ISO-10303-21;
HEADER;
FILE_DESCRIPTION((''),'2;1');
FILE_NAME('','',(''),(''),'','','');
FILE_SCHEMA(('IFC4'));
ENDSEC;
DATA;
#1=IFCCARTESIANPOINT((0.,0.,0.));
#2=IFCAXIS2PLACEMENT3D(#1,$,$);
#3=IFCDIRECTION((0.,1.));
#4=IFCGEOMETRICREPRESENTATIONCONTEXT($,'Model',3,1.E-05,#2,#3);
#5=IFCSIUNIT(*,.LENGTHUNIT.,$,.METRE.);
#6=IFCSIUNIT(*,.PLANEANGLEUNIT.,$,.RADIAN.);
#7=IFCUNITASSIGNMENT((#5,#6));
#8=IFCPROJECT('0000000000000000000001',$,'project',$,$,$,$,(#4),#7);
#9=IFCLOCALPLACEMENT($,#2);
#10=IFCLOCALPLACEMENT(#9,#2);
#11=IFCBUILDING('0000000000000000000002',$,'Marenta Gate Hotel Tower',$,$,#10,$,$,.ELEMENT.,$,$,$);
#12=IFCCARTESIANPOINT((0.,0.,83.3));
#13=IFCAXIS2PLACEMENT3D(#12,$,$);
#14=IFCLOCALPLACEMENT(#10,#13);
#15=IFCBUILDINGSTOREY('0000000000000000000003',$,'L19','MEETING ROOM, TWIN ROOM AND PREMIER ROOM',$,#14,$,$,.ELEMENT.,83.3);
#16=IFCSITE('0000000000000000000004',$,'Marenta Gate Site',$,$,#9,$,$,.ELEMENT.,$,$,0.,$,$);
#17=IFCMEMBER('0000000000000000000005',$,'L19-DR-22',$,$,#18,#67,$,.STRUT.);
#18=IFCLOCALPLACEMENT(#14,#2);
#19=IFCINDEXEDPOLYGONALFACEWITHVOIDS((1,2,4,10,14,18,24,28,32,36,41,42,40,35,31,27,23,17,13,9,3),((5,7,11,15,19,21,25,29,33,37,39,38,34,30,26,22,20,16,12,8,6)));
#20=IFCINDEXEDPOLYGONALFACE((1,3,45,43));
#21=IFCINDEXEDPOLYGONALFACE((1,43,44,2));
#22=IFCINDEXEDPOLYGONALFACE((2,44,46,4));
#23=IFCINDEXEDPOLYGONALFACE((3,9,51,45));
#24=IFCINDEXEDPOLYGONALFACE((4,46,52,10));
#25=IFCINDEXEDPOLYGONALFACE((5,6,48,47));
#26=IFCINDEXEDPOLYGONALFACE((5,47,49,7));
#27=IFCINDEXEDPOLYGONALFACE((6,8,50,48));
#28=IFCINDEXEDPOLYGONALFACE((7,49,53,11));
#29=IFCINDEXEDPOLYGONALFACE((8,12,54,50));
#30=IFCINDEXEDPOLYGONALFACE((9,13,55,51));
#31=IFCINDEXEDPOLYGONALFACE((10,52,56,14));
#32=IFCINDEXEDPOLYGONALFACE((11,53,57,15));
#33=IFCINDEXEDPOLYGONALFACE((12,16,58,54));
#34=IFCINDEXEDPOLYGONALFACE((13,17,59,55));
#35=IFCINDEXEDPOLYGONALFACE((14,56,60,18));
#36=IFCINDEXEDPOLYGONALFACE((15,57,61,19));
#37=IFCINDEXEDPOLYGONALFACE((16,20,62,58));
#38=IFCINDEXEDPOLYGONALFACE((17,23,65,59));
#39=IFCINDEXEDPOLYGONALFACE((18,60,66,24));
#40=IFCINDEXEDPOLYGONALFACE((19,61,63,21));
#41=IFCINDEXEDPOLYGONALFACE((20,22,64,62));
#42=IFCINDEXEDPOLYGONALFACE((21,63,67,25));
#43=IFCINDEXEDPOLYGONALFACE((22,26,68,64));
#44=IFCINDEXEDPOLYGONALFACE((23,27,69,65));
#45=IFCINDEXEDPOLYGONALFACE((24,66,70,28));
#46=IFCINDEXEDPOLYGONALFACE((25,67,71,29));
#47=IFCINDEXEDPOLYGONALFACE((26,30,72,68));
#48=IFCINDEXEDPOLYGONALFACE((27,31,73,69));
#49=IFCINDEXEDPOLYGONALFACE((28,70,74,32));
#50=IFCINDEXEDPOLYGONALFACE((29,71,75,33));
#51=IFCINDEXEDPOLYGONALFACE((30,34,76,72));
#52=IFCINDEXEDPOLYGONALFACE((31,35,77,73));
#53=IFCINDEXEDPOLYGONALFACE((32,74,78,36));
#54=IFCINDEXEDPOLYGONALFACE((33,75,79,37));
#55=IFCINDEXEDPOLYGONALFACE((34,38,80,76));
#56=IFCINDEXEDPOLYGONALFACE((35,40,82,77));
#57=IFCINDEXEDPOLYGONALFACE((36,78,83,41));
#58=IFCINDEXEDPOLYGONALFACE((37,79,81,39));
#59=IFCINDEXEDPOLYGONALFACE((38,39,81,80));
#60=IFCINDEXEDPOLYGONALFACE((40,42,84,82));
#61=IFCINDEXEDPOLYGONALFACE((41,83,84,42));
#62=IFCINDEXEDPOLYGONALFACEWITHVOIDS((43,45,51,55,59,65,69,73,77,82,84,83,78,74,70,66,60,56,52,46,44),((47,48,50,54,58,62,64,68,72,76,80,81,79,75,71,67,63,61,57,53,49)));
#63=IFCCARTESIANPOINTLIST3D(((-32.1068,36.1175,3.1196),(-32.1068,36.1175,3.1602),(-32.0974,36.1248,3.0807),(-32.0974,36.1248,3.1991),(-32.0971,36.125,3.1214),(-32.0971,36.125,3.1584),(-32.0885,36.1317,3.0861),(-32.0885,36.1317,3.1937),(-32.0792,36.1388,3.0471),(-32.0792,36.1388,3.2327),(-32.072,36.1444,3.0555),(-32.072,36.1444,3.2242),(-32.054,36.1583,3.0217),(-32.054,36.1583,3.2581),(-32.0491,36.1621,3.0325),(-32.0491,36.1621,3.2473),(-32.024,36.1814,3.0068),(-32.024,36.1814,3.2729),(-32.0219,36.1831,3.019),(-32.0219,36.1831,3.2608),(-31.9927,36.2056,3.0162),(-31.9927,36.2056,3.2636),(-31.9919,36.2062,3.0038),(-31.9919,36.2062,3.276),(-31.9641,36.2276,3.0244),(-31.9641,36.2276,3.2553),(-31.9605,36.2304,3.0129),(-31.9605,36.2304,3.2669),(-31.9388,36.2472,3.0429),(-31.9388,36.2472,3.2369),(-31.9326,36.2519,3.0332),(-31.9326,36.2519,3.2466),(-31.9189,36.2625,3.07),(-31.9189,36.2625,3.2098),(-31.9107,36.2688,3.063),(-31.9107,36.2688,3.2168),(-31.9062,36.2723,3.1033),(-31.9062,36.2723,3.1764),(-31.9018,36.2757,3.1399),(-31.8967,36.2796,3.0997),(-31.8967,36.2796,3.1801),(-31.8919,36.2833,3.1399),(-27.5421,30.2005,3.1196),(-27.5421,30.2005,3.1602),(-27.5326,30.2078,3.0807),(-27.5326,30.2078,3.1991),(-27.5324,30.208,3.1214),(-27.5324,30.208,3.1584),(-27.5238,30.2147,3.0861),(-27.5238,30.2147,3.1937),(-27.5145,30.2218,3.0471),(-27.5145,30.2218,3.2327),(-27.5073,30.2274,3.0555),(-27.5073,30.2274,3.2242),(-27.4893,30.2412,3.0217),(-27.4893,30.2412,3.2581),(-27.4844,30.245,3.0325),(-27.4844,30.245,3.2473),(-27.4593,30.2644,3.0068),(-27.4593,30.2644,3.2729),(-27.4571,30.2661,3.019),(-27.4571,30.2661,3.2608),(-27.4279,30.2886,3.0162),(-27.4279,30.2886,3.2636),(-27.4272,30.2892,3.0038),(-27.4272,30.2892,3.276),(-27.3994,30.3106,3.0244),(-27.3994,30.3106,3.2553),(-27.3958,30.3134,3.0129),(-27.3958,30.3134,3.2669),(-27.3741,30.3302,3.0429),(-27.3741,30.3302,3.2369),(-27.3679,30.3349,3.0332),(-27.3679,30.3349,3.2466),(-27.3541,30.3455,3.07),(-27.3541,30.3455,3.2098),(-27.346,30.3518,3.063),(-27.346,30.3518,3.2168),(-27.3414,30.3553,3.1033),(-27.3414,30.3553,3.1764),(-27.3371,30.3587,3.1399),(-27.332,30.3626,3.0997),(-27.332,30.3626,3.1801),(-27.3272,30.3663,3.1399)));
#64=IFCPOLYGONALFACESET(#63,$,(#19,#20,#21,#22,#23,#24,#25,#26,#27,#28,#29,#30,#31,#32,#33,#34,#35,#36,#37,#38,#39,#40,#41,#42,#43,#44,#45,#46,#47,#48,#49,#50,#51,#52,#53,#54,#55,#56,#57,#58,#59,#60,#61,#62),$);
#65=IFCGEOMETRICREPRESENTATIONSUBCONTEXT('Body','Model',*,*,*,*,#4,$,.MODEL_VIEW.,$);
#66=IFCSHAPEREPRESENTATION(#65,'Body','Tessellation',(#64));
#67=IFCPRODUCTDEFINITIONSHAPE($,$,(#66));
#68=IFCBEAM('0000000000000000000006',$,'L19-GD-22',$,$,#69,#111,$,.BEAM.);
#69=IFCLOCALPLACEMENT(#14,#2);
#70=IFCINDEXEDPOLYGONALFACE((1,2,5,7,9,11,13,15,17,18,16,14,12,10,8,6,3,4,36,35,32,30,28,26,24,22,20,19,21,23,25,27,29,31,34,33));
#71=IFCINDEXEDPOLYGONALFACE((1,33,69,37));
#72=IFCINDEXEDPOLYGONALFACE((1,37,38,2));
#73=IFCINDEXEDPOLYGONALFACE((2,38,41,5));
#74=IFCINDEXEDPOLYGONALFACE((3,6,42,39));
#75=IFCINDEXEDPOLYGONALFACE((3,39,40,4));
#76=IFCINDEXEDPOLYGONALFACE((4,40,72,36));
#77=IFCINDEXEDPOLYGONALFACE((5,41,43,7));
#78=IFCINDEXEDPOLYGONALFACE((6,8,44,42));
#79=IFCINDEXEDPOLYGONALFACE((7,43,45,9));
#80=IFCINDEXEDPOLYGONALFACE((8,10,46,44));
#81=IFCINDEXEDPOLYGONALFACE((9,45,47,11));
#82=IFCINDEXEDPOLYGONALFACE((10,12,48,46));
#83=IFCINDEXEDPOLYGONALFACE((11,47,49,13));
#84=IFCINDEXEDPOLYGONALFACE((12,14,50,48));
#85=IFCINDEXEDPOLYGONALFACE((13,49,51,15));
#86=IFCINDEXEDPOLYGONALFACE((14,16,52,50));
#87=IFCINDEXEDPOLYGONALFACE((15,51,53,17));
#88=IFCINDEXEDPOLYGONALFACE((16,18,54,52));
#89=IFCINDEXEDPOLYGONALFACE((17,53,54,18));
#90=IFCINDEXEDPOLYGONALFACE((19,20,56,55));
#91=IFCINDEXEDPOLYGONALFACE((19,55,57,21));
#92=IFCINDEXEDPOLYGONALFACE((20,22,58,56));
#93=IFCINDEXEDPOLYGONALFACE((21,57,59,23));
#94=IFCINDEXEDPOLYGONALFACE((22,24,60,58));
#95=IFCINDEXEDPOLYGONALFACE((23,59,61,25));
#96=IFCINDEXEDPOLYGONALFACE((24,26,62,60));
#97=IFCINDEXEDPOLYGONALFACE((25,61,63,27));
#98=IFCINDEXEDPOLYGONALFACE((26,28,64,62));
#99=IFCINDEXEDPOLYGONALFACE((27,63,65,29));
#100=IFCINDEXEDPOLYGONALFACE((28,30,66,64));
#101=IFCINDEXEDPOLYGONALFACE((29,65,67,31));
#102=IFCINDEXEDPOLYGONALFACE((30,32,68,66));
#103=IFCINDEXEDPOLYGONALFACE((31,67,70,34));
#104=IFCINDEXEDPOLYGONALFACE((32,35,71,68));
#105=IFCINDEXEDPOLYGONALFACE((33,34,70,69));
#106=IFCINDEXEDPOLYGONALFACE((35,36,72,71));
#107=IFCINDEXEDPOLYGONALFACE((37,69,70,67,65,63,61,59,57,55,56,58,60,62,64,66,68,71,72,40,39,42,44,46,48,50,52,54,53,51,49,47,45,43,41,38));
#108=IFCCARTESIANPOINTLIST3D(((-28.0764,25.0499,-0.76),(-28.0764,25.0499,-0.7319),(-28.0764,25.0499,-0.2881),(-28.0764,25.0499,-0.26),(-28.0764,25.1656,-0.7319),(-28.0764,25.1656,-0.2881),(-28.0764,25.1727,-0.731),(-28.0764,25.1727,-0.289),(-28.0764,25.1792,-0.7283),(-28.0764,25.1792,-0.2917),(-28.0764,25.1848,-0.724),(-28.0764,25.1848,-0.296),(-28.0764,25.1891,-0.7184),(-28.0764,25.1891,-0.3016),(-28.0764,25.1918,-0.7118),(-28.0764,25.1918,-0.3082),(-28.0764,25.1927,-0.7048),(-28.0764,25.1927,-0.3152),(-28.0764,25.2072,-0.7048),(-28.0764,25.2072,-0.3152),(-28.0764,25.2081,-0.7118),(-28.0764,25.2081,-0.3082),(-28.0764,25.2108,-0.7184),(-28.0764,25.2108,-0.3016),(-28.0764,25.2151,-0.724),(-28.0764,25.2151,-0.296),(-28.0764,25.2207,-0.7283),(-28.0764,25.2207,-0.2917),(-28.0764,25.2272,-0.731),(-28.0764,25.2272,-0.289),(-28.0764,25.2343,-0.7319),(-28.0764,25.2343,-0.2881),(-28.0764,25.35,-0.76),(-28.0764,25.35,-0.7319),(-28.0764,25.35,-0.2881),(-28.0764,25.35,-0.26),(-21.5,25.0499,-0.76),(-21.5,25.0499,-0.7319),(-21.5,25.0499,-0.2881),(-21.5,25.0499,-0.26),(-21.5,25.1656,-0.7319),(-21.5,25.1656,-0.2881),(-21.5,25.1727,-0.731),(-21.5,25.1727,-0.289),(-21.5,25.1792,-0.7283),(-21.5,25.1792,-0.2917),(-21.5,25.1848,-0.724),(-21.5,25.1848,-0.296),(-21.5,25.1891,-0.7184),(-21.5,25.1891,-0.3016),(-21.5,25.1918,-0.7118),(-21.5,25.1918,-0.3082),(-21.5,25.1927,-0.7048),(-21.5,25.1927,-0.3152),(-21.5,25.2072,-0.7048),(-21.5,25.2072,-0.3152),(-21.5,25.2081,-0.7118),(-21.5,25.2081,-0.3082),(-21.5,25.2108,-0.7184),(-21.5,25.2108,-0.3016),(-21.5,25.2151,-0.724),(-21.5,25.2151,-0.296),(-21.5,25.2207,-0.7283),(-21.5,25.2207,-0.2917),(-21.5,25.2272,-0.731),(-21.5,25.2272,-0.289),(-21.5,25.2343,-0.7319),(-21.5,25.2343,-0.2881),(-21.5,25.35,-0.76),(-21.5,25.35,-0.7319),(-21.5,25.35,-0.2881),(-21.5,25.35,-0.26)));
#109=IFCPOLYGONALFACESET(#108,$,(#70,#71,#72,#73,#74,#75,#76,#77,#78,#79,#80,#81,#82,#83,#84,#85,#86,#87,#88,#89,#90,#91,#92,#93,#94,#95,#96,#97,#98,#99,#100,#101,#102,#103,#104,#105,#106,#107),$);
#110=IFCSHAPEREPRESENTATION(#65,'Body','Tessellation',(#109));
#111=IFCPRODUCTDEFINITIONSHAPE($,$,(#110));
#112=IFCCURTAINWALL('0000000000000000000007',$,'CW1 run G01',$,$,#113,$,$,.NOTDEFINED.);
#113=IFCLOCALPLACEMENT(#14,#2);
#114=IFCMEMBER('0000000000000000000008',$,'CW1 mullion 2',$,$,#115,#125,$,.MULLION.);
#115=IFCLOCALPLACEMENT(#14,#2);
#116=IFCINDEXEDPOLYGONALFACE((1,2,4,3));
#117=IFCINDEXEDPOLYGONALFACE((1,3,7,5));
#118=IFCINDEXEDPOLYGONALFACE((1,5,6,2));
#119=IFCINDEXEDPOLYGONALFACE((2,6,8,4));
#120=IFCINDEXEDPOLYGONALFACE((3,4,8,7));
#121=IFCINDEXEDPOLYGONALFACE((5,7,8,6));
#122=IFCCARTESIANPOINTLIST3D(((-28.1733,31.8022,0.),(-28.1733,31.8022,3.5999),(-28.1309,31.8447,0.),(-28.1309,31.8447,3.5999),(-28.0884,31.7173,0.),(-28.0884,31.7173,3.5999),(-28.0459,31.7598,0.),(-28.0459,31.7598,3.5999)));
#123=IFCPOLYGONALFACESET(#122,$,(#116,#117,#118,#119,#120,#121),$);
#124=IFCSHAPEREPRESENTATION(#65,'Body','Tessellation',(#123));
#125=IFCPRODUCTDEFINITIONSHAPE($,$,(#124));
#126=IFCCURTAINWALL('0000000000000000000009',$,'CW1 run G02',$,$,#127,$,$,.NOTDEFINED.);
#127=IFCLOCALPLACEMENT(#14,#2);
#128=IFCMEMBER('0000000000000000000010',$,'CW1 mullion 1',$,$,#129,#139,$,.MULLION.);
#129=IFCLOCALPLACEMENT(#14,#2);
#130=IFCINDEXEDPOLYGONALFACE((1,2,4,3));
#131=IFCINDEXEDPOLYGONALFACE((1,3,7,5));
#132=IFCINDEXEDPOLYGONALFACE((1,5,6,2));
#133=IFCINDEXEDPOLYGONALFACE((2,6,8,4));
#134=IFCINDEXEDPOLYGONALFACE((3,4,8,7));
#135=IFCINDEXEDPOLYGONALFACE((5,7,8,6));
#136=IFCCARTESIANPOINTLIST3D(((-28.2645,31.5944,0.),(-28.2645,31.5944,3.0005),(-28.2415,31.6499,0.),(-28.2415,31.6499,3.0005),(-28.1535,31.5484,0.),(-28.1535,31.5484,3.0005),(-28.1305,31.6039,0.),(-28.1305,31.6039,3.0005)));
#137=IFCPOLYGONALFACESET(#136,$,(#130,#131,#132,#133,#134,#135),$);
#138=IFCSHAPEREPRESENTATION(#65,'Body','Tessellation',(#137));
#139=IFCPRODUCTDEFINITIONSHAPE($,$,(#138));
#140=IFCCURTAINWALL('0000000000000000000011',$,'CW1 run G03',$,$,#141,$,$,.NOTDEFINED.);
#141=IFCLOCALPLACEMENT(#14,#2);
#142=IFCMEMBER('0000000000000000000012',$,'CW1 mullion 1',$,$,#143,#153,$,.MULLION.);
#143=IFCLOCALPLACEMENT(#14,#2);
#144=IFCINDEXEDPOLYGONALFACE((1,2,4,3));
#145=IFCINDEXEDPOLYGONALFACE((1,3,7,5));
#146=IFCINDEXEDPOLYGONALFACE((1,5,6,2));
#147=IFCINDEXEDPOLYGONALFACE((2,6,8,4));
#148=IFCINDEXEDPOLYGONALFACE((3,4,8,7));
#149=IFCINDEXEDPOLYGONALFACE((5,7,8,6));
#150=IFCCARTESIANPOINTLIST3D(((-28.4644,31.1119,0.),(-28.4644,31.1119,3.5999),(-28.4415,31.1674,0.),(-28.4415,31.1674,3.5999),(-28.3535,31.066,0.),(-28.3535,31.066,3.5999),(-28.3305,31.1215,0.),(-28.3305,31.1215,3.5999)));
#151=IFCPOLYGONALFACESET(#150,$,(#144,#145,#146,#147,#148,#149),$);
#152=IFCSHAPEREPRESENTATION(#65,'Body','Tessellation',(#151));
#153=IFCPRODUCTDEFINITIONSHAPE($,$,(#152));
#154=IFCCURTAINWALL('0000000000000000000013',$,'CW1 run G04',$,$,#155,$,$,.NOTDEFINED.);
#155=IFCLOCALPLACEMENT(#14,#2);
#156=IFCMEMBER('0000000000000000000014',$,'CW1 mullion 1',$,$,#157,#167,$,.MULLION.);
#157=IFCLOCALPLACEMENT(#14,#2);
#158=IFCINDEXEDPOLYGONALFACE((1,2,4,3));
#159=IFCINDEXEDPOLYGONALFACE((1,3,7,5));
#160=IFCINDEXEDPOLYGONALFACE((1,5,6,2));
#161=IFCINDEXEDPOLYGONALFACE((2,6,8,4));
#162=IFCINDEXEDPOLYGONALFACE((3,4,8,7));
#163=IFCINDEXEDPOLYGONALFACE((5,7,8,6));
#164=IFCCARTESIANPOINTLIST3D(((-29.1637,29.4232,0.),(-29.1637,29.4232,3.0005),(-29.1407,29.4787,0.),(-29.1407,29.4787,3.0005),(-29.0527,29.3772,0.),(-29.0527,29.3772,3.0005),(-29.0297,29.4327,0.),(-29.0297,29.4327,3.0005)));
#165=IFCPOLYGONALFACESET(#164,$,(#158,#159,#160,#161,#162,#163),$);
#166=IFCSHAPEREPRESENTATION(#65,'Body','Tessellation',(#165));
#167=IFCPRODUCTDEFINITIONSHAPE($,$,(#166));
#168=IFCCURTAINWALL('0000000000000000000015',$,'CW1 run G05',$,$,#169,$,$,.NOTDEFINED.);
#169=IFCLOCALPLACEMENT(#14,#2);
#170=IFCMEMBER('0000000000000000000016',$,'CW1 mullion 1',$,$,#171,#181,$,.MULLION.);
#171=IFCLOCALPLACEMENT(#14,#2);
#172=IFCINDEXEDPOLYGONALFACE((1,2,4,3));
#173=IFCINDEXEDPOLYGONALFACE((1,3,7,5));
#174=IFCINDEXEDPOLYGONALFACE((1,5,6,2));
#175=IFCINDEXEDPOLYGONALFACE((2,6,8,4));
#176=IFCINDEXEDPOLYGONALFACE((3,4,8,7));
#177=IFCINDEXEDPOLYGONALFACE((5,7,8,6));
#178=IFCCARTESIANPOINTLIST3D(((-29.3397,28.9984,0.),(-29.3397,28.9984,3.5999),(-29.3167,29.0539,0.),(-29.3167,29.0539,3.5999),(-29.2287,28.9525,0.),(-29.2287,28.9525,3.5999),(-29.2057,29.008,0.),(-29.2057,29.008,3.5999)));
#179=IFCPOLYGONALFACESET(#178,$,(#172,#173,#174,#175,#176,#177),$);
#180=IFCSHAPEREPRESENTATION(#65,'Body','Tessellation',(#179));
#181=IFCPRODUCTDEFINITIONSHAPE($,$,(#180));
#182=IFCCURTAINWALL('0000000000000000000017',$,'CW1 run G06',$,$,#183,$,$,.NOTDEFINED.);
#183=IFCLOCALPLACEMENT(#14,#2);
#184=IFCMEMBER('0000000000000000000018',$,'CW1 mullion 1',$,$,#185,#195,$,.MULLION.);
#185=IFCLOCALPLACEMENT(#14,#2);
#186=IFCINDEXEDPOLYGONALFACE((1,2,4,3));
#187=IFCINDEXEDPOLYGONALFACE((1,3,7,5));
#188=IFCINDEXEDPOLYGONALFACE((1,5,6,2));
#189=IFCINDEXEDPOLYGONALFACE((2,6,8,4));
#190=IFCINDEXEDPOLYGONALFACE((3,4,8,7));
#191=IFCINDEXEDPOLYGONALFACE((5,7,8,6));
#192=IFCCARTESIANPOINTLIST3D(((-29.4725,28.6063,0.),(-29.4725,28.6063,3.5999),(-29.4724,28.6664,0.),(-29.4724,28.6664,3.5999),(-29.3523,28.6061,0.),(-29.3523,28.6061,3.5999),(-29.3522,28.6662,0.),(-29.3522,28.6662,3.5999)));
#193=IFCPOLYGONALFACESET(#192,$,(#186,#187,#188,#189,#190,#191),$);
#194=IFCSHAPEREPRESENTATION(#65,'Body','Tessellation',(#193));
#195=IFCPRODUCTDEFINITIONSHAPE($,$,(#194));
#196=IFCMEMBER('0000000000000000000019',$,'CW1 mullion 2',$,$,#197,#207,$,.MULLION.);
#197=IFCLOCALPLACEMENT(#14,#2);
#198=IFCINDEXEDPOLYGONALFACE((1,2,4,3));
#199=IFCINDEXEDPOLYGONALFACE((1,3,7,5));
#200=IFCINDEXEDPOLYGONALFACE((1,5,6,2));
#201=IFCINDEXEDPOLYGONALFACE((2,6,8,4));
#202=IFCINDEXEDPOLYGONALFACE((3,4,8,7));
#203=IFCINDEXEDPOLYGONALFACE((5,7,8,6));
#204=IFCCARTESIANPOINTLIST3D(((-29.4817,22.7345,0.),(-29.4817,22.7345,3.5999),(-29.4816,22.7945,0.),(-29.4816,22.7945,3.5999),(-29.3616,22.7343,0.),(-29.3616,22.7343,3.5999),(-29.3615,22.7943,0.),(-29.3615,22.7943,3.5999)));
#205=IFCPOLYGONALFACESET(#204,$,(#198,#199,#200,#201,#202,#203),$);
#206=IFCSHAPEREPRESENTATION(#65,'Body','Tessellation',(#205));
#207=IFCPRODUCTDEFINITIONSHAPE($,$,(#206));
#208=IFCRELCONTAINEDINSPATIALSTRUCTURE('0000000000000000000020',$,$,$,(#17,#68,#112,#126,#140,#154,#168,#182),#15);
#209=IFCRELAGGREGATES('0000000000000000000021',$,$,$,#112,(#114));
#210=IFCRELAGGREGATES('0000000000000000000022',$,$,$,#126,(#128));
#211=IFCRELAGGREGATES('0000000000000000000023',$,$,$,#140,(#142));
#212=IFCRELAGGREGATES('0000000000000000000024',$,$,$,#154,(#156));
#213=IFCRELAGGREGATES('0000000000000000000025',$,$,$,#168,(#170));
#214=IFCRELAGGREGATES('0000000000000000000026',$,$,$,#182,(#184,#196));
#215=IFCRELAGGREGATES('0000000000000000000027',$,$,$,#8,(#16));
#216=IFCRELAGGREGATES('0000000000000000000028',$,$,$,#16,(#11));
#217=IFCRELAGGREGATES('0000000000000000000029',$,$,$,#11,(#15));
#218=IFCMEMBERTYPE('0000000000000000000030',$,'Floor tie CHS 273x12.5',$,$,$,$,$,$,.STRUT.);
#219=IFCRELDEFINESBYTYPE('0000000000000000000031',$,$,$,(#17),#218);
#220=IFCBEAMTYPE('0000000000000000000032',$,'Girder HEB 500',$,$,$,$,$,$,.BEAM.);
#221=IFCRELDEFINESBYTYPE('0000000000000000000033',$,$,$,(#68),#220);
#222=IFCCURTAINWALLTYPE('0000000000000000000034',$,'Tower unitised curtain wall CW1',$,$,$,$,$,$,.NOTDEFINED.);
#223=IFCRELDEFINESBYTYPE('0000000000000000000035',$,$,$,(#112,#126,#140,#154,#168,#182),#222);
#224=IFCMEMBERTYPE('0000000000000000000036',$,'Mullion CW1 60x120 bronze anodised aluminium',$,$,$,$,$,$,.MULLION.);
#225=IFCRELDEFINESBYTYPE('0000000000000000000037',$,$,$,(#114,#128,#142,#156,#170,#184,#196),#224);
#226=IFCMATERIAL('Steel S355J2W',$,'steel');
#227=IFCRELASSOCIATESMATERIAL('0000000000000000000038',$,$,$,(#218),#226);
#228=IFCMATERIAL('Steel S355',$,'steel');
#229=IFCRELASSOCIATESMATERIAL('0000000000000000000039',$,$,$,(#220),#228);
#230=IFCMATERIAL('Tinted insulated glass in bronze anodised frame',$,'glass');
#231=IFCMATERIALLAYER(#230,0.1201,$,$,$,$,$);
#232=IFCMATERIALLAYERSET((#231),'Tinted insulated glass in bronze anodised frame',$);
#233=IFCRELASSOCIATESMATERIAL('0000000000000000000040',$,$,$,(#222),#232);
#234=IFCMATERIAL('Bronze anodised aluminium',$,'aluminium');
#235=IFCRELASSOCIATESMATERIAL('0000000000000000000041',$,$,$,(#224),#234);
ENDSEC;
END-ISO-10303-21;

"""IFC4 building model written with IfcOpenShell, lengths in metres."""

from ifc_helpers import new_model, si_unit, direction, frame, origin, origin_2d, place, context, subcontext, project, spatial, rectangle, hollow_circle, i_section, extrude, material, layer, layer_set, material_profile, profile_set, type_object, element, aggregate, save


model = new_model("IFC4")

# Units and contexts
model_context = context("Model", 3, precision=1e-05, world=origin(), true_north=direction((0.0, 1.0)))
body_context = subcontext(model_context, "Body", "Model", "MODEL_VIEW")
ifc_project = project(units=[si_unit("LENGTHUNIT", "METRE"), si_unit("PLANEANGLEUNIT", "RADIAN")], contexts=[model_context])

# Site, building, storey
site_placement = place(None, origin())
site = spatial("IfcSite", under=ifc_project, at=site_placement, Name="Marenta Gate Site", CompositionType="ELEMENT", RefElevation=0.0)
building_placement = place(site_placement, origin())
building = spatial("IfcBuilding", under=site, at=building_placement, Name="Marenta Gate Hotel Tower", CompositionType="ELEMENT")
storey_placement = place(building_placement, frame((0.0, 0.0, 83.3)))
storey = spatial("IfcBuildingStorey", under=building, at=storey_placement, Name="L19", Description="MEETING ROOM, TWIN ROOM AND PREMIER ROOM", CompositionType="ELEMENT", Elevation=83.3)

# Member
ifc_material_1 = material(Name="Steel S355J2W", Category="steel")
ifc_material_profile_1 = material_profile(ifc_material_1, hollow_circle(Radius=0.1365, WallThickness=0.0125, at=origin_2d()), Name="CHS 273x12.5")
ifc_profile_set_1 = profile_set([ifc_material_profile_1], Name="Steel S355J2W")
member_type_1 = type_object("IfcMemberType", Name="Floor tie CHS 273x12.5", PredefinedType="STRUT", material=ifc_profile_set_1)
member_1_placement = place(storey_placement, frame((-32.0, 36.2, 3.1399), z_axis=(0.610817, -0.791772, 0.0), x_axis=(0.791772, 0.610817, 0.0)))
element("IfcMember", 1, at=member_1_placement, inside=storey, type_object=member_type_1, Name="L19-DR-22", PredefinedType="STRUT", context=body_context, shape_type="SweptSolid", body=[
    extrude(hollow_circle(Radius=0.1365, WallThickness=0.0125, at=origin_2d()), origin(), (0.0, 0.0, 1.0), 7.4731),
])

# Beam
ifc_material_2 = material(Name="Steel S355", Category="steel")
ifc_material_profile_2 = material_profile(ifc_material_2, i_section(OverallWidth=0.3, OverallDepth=0.5, WebThickness=0.0144, FlangeThickness=0.0281, FilletRadius=0.0271, at=origin_2d()), Name="HEB 500")
ifc_profile_set_2 = profile_set([ifc_material_profile_2], Name="Steel S355")
beam_type_1 = type_object("IfcBeamType", Name="Girder HEB 500", PredefinedType="BEAM", material=ifc_profile_set_2)
beam_1_placement = place(storey_placement, frame((-28.0764, 25.2, -0.51), z_axis=(1.0, 0.0, 0.0), x_axis=(0.0, 1.0, 0.0)))
element("IfcBeam", 2, at=beam_1_placement, inside=storey, type_object=beam_type_1, Name="L19-GD-22", PredefinedType="BEAM", context=body_context, shape_type="SweptSolid", body=[
    extrude(i_section(OverallWidth=0.3, OverallDepth=0.5, WebThickness=0.0144, FlangeThickness=0.0281, FilletRadius=0.0271, at=origin_2d()), origin(), (0.0, 0.0, 1.0), 6.5764),
])

# Curtain walls, members
ifc_material_3 = material(Name="Tinted insulated glass in bronze anodised frame", Category="glass")
ifc_layer_1 = layer(ifc_material_3, 0.1201)
ifc_layer_set_1 = layer_set([ifc_layer_1], Name="Tinted insulated glass in bronze anodised frame")
curtain_wall_type = type_object("IfcCurtainWallType", Name="Tower unitised curtain wall CW1", PredefinedType="NOTDEFINED", material=ifc_layer_set_1)
curtain_wall_1_placement = place(storey_placement, origin())
curtain_wall_1 = element("IfcCurtainWall", 3, at=curtain_wall_1_placement, inside=storey, type_object=curtain_wall_type, Name="CW1 run G01", PredefinedType="NOTDEFINED")
ifc_material_4 = material(Name="Bronze anodised aluminium", Category="aluminium")
ifc_material_profile_3 = material_profile(ifc_material_4, rectangle(XDim=0.1201, YDim=0.0601, at=origin_2d()), Name="Mullion CW1 60x120 bronze anodised aluminium")
ifc_profile_set_3 = profile_set([ifc_material_profile_3], Name="Bronze anodised aluminium")
member_type_2 = type_object("IfcMemberType", Name="Mullion CW1 60x120 bronze anodised aluminium", PredefinedType="MULLION", material=ifc_profile_set_3)
member_2_placement = place(storey_placement, frame((-28.1096, 31.781, 0.0), z_axis=(0.0, 0.0, 1.0), x_axis=(0.707107, -0.707107, 0.0)))
member_2 = element("IfcMember", 4, at=member_2_placement, type_object=member_type_2, Name="CW1 mullion 2", PredefinedType="MULLION", context=body_context, shape_type="SweptSolid", body=[
    extrude(rectangle(XDim=0.1201, YDim=0.0601, at=origin_2d()), origin(), (0.0, 0.0, 1.0), 3.5999),
])
curtain_wall_2_placement = place(storey_placement, origin())
curtain_wall_2 = element("IfcCurtainWall", 5, at=curtain_wall_2_placement, inside=storey, type_object=curtain_wall_type, Name="CW1 run G02", PredefinedType="NOTDEFINED")
member_3_placement = place(storey_placement, frame((-28.1975, 31.5991, 0.0), z_axis=(0.0, 0.0, 1.0), x_axis=(0.923851, -0.382752, 0.0)))
member_3 = element("IfcMember", 6, at=member_3_placement, type_object=member_type_2, Name="CW1 mullion 1", PredefinedType="MULLION", context=body_context, shape_type="SweptSolid", body=[
    extrude(rectangle(XDim=0.1201, YDim=0.0601, at=origin_2d()), origin(), (0.0, 0.0, 1.0), 3.0005),
])
curtain_wall_3_placement = place(storey_placement, origin())
curtain_wall_3 = element("IfcCurtainWall", 7, at=curtain_wall_3_placement, inside=storey, type_object=curtain_wall_type, Name="CW1 run G03", PredefinedType="NOTDEFINED")
member_4_placement = place(storey_placement, frame((-28.3975, 31.1167, 0.0), z_axis=(0.0, 0.0, 1.0), x_axis=(0.923887, -0.382664, 0.0)))
member_4 = element("IfcMember", 8, at=member_4_placement, type_object=member_type_2, Name="CW1 mullion 1", PredefinedType="MULLION", context=body_context, shape_type="SweptSolid", body=[
    extrude(rectangle(XDim=0.1201, YDim=0.0601, at=origin_2d()), origin(), (0.0, 0.0, 1.0), 3.5999),
])
curtain_wall_4_placement = place(storey_placement, origin())
curtain_wall_4 = element("IfcCurtainWall", 9, at=curtain_wall_4_placement, inside=storey, type_object=curtain_wall_type, Name="CW1 run G04", PredefinedType="NOTDEFINED")
member_5_placement = place(storey_placement, frame((-29.0967, 29.428, 0.0), z_axis=(0.0, 0.0, 1.0), x_axis=(0.923815, -0.382838, 0.0)))
member_5 = element("IfcMember", 10, at=member_5_placement, type_object=member_type_2, Name="CW1 mullion 1", PredefinedType="MULLION", context=body_context, shape_type="SweptSolid", body=[
    extrude(rectangle(XDim=0.1201, YDim=0.0601, at=origin_2d()), origin(), (0.0, 0.0, 1.0), 3.0005),
])
curtain_wall_5_placement = place(storey_placement, origin())
curtain_wall_5 = element("IfcCurtainWall", 11, at=curtain_wall_5_placement, inside=storey, type_object=curtain_wall_type, Name="CW1 run G05", PredefinedType="NOTDEFINED")
member_6_placement = place(storey_placement, frame((-29.2727, 29.0032, 0.0), z_axis=(0.0, 0.0, 1.0), x_axis=(0.923974, -0.382456, 0.0)))
member_6 = element("IfcMember", 12, at=member_6_placement, type_object=member_type_2, Name="CW1 mullion 1", PredefinedType="MULLION", context=body_context, shape_type="SweptSolid", body=[
    extrude(rectangle(XDim=0.1201, YDim=0.0601, at=origin_2d()), origin(), (0.0, 0.0, 1.0), 3.5999),
])

# Curtain wall, members
curtain_wall_6_placement = place(storey_placement, origin())
curtain_wall_6 = element("IfcCurtainWall", 13, at=curtain_wall_6_placement, inside=storey, type_object=curtain_wall_type, Name="CW1 run G06", PredefinedType="NOTDEFINED")
member_7_placement = place(storey_placement, frame((-29.4124, 28.6362, 0.0), z_axis=(0.0, 0.0, 1.0), x_axis=(0.999999, -0.00157, 0.0)))
member_7 = element("IfcMember", 14, at=member_7_placement, type_object=member_type_2, Name="CW1 mullion 1", PredefinedType="MULLION", context=body_context, shape_type="SweptSolid", body=[
    extrude(rectangle(XDim=0.1201, YDim=0.0601, at=origin_2d()), origin(), (0.0, 0.0, 1.0), 3.5999),
])
member_8_placement = place(storey_placement, frame((-29.4216, 22.7644, 0.0), z_axis=(0.0, 0.0, 1.0), x_axis=(0.999999, -0.00157, 0.0)))
member_8 = element("IfcMember", 15, at=member_8_placement, type_object=member_type_2, Name="CW1 mullion 2", PredefinedType="MULLION", context=body_context, shape_type="SweptSolid", body=[
    extrude(rectangle(XDim=0.1201, YDim=0.0601, at=origin_2d()), origin(), (0.0, 0.0, 1.0), 3.5999),
])

aggregate(curtain_wall_1, [member_2])
aggregate(curtain_wall_2, [member_3])
aggregate(curtain_wall_3, [member_4])
aggregate(curtain_wall_4, [member_5])
aggregate(curtain_wall_5, [member_6])
aggregate(curtain_wall_6, [member_7, member_8])

save(model, "model.ifc")
